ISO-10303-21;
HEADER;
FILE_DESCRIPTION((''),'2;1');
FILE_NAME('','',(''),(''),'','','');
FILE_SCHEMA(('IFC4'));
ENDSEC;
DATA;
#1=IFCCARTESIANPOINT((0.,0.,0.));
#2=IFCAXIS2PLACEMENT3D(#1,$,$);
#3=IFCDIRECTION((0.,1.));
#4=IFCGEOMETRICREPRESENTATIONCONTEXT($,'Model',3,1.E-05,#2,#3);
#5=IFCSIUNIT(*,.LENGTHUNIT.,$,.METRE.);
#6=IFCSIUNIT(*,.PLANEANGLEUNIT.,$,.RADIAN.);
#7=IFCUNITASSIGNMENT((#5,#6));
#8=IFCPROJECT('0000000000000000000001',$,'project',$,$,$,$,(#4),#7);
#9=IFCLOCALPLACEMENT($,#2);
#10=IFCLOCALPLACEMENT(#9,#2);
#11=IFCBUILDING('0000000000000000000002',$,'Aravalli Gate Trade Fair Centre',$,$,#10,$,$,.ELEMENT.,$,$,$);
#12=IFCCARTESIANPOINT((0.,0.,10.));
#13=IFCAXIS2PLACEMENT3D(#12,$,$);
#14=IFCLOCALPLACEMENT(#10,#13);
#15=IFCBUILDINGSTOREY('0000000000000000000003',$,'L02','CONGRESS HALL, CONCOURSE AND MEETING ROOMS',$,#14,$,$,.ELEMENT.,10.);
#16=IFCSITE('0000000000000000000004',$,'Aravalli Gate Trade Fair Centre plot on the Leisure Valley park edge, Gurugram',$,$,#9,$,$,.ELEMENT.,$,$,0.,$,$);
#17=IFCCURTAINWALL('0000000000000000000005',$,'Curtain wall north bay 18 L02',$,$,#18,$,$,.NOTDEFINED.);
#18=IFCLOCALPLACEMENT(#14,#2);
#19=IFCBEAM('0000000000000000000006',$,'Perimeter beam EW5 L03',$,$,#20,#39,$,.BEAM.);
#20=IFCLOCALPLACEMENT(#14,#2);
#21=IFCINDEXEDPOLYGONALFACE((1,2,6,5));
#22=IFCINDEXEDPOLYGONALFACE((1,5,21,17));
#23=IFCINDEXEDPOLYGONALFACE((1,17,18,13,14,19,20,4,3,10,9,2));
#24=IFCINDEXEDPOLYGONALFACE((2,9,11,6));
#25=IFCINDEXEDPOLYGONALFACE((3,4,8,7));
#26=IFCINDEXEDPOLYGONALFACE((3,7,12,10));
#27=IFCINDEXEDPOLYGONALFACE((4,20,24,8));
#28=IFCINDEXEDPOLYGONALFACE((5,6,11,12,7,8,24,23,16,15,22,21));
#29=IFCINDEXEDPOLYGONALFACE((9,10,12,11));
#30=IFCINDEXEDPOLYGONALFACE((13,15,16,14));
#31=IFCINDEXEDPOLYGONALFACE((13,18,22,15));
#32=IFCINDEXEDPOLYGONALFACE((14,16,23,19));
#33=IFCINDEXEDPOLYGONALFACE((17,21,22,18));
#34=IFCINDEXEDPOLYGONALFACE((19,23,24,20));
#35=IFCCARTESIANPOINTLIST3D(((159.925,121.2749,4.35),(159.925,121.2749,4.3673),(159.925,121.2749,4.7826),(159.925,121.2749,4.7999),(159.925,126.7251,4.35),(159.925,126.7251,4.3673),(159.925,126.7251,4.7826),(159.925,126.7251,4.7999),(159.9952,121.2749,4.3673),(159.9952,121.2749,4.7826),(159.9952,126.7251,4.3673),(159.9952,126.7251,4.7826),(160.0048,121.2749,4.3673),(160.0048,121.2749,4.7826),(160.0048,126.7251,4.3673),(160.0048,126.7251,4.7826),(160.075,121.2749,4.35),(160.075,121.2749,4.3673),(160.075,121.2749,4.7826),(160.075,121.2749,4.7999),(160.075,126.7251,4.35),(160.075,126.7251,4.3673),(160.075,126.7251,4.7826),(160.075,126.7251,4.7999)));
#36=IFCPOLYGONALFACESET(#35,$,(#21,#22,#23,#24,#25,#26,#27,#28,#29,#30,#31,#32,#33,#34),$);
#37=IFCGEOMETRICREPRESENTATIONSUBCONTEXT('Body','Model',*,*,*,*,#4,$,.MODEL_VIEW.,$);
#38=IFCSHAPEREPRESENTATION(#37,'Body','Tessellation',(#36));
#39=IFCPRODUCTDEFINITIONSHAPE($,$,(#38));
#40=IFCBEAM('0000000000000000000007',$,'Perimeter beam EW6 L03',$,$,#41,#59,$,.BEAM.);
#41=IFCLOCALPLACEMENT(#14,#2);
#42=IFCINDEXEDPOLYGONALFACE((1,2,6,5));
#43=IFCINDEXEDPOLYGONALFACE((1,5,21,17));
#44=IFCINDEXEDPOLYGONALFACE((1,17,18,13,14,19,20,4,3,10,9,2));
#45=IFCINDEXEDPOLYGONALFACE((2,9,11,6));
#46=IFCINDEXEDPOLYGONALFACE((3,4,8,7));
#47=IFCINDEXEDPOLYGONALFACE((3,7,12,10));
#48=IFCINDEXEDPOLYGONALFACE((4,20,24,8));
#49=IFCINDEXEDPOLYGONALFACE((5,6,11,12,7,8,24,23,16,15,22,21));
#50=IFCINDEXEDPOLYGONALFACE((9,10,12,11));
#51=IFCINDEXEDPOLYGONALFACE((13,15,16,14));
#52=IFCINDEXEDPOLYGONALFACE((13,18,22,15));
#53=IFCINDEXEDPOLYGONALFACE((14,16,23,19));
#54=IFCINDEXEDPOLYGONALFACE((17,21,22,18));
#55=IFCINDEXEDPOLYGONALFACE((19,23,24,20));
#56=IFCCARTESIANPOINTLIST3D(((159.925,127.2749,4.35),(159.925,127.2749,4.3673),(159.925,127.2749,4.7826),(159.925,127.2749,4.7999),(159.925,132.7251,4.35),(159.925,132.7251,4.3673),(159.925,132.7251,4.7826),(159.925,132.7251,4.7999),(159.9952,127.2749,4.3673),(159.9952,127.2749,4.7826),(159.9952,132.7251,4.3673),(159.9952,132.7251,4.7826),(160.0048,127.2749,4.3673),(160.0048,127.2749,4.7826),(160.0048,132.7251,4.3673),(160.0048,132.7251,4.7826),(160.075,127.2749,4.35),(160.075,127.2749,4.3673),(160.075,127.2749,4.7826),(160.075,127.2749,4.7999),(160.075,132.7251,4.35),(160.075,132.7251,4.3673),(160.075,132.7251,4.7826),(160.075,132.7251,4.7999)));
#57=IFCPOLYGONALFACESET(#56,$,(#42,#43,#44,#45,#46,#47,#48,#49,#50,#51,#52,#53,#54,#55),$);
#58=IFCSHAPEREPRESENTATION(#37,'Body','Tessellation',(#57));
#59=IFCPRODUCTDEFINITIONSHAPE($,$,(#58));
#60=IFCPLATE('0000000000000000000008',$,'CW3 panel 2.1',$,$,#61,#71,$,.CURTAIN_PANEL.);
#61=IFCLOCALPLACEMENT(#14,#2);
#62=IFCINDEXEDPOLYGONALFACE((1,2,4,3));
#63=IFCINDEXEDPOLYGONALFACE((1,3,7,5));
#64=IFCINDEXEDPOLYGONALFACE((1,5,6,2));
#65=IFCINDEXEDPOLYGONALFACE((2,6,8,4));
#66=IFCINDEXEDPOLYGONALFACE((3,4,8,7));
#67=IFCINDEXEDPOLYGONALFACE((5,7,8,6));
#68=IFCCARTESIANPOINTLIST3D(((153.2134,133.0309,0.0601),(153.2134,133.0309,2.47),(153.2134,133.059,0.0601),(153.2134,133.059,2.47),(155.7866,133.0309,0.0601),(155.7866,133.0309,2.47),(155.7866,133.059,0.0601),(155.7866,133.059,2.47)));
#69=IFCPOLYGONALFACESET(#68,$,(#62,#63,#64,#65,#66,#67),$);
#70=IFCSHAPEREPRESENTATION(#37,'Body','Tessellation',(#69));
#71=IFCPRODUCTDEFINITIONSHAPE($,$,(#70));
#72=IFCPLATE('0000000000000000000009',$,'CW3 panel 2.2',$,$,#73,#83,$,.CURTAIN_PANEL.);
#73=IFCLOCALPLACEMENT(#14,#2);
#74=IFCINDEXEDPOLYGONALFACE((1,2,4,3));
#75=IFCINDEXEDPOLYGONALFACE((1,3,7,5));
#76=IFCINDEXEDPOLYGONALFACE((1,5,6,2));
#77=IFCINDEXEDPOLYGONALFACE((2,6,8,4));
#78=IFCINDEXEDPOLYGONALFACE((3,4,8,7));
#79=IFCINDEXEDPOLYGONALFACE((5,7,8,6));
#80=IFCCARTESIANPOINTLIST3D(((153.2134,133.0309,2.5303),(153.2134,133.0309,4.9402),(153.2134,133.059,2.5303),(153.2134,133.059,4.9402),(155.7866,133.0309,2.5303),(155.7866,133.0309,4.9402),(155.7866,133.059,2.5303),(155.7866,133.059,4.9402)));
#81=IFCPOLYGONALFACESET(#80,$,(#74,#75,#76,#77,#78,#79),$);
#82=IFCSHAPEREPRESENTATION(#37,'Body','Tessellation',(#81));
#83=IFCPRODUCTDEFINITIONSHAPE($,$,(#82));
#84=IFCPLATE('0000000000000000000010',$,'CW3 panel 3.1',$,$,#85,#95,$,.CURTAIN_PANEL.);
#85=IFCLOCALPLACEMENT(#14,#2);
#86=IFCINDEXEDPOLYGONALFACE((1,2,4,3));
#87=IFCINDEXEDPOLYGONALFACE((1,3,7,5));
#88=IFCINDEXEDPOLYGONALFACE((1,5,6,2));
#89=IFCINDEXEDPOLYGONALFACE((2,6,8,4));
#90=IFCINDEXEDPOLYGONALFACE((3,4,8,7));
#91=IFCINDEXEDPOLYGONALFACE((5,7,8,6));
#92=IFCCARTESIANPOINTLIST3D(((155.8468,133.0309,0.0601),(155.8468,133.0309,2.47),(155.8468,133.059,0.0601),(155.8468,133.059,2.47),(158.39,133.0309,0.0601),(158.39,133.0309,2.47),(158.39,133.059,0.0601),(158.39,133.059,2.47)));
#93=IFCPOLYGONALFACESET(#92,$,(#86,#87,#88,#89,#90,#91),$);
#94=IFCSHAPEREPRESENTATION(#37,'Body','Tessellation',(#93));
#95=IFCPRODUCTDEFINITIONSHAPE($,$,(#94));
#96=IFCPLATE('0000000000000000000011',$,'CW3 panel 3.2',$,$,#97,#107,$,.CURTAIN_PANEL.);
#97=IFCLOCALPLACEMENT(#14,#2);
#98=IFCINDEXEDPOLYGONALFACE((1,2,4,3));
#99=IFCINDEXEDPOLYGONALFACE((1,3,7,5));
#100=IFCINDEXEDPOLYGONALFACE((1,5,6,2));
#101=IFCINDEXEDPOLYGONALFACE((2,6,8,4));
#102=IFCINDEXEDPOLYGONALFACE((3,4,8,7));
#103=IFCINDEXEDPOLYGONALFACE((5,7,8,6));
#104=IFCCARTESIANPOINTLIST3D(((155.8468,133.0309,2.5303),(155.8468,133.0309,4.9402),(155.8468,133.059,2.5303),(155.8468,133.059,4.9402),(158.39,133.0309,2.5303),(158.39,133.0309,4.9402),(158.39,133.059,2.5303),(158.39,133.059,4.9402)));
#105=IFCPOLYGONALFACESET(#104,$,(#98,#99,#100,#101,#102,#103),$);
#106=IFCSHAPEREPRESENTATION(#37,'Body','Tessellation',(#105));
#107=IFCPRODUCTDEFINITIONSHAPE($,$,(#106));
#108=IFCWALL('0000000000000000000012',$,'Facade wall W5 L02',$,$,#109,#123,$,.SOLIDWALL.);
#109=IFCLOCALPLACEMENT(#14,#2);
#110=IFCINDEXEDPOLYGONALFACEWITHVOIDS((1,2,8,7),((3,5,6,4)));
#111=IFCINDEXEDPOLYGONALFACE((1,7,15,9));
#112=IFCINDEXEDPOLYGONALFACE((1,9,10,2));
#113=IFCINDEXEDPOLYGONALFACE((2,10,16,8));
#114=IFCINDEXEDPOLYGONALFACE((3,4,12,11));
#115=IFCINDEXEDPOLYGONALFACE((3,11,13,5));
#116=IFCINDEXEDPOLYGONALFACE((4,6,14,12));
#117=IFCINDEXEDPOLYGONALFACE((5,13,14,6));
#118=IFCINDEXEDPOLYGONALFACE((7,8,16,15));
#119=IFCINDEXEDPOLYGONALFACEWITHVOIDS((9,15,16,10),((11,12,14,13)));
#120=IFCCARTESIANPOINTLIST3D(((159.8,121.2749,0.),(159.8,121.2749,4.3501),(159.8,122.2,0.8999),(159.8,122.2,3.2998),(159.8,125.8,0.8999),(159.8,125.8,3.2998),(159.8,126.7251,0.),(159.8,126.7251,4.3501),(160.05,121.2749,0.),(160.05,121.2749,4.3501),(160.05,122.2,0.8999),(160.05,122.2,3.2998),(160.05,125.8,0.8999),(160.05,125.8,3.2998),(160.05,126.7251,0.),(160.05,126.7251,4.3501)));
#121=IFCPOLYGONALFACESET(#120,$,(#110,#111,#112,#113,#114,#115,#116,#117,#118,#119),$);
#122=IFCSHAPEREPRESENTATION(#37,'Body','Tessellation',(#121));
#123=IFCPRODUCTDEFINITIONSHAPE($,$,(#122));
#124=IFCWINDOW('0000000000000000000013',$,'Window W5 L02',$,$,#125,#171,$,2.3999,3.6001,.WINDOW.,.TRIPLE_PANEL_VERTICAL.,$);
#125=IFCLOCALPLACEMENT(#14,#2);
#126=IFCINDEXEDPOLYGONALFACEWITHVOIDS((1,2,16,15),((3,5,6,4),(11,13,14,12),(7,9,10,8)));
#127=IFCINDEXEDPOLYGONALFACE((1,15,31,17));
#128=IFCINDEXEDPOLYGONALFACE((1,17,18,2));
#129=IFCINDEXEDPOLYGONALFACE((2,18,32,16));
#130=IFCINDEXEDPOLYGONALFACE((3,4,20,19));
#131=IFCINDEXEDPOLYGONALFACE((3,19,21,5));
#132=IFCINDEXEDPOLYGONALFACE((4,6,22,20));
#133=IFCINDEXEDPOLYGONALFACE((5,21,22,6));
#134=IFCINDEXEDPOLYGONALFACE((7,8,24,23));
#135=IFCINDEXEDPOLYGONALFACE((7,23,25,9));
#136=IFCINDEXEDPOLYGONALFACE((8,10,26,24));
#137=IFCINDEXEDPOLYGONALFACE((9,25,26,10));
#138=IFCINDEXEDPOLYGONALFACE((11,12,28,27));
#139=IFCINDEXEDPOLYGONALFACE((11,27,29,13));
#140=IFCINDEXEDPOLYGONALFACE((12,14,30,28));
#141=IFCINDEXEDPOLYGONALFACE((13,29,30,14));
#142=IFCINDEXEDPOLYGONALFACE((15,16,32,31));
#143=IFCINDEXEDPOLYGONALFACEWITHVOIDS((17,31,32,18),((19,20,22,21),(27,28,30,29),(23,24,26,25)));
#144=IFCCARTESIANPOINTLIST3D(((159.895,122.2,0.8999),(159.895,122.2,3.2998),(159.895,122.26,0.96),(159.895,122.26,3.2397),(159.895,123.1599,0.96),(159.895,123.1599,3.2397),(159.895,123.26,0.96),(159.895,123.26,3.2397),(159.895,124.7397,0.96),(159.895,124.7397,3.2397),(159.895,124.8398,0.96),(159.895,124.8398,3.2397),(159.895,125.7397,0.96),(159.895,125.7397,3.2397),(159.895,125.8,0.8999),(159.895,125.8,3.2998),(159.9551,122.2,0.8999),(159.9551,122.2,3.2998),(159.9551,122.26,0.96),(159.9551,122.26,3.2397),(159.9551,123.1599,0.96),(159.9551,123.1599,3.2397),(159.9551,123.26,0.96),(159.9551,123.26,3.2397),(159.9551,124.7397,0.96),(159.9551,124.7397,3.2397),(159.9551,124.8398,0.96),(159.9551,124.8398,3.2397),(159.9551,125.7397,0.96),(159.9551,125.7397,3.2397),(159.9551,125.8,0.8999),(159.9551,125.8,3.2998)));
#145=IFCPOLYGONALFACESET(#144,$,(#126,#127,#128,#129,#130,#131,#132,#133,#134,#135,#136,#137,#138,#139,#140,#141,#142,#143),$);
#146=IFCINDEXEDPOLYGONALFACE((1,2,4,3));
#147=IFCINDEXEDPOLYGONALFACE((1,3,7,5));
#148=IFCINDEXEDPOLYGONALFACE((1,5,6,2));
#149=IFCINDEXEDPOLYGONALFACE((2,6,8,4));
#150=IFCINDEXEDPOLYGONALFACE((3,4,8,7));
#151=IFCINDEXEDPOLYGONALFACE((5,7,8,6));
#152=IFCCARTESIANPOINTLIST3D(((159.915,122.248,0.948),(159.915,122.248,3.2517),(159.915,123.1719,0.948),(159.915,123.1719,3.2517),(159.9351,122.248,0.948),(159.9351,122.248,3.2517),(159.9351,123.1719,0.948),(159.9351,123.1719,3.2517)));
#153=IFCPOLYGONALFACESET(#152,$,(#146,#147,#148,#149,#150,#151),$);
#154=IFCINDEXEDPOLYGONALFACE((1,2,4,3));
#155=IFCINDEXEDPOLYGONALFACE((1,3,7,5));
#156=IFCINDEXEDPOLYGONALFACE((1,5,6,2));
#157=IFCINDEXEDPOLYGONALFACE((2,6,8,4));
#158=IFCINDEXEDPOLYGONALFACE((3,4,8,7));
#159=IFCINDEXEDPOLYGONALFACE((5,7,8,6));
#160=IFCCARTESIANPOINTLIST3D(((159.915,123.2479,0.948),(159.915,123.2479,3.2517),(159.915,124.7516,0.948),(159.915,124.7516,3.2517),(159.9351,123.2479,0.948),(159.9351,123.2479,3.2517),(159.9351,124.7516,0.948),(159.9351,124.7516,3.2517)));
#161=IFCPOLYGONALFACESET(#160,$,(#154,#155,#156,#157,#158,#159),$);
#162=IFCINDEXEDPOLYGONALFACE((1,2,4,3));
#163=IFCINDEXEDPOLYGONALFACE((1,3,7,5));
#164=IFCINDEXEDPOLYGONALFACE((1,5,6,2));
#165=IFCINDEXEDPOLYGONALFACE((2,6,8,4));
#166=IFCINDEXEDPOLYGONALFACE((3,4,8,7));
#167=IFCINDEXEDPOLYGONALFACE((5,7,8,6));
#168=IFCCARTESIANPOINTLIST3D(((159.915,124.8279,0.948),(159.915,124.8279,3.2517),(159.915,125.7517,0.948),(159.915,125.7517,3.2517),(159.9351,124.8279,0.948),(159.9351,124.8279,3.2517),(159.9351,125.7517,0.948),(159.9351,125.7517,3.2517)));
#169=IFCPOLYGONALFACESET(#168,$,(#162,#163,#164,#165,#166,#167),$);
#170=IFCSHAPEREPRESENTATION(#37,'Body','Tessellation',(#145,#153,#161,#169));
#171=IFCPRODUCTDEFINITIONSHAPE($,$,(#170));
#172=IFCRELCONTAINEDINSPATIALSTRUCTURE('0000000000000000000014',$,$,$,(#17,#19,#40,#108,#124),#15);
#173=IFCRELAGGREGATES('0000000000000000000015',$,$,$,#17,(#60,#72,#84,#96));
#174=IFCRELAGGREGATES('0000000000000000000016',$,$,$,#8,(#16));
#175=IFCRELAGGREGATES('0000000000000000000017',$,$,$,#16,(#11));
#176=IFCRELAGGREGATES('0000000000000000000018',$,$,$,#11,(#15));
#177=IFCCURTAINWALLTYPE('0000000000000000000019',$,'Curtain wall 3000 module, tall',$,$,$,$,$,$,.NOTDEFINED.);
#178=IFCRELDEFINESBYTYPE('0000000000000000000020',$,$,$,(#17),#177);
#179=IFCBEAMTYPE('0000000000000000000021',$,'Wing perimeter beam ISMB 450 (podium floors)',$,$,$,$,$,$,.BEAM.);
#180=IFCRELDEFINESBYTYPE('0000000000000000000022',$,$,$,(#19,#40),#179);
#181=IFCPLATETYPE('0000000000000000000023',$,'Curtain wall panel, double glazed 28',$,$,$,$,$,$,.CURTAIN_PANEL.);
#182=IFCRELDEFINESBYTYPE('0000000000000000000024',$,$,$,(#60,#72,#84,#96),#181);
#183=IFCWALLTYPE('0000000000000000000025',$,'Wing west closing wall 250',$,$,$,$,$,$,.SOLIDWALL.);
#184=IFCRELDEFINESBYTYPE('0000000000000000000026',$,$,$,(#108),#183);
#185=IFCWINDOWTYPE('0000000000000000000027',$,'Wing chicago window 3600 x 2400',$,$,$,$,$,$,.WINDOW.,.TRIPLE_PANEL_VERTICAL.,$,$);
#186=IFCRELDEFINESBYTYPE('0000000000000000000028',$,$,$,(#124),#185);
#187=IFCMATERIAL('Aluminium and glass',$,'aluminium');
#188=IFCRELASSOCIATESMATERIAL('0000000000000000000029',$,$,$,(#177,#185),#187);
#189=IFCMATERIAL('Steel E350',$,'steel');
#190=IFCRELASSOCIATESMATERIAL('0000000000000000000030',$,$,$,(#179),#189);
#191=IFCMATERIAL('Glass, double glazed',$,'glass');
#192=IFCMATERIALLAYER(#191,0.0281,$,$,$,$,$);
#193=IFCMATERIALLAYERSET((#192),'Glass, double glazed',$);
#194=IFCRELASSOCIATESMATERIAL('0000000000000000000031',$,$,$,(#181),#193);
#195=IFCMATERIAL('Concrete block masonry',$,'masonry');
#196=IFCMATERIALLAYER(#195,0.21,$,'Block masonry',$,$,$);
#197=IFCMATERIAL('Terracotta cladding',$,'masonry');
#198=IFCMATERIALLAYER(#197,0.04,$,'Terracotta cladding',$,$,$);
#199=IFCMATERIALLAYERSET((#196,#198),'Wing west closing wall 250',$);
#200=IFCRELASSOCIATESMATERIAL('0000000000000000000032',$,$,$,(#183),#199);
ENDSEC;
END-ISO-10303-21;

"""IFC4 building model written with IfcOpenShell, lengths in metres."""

from ifc_helpers import new_model, si_unit, direction, frame, frame_2d, origin, origin_2d, place, context, subcontext, project, spatial, polyline, rectangle, i_section, outline, extrude, material, layer, layer_set, material_profile, profile_set, type_object, element, fill, aggregate, save


model = new_model("IFC4")

# Units and contexts
model_context = context("Model", 3, precision=1e-05, world=origin(), true_north=direction((0.0, 1.0)))
body_context = subcontext(model_context, "Body", "Model", "MODEL_VIEW")
ifc_project = project(units=[si_unit("LENGTHUNIT", "METRE"), si_unit("PLANEANGLEUNIT", "RADIAN")], contexts=[model_context])

# Site, building, storey
site_placement = place(None, origin())
site = spatial("IfcSite", under=ifc_project, at=site_placement, Name="Aravalli Gate Trade Fair Centre plot on the Leisure Valley park edge, Gurugram", CompositionType="ELEMENT", RefElevation=0.0)
building_placement = place(site_placement, origin())
building = spatial("IfcBuilding", under=site, at=building_placement, Name="Aravalli Gate Trade Fair Centre", CompositionType="ELEMENT")
storey_placement = place(building_placement, frame((0.0, 0.0, 10.0)))
storey = spatial("IfcBuildingStorey", under=building, at=storey_placement, Name="L02", Description="CONGRESS HALL, CONCOURSE AND MEETING ROOMS", CompositionType="ELEMENT", Elevation=10.0)

# Shared definitions
ifc_material_1 = material(Name="Steel E350", Category="steel")

# Curtain wall
ifc_material_2 = material(Name="Aluminium and glass", Category="aluminium")
curtain_wall_type = type_object("IfcCurtainWallType", Name="Curtain wall 3000 module, tall", PredefinedType="NOTDEFINED", material=ifc_material_2)
curtain_wall_placement = place(storey_placement, origin())
curtain_wall = element("IfcCurtainWall", 1, at=curtain_wall_placement, inside=storey, type_object=curtain_wall_type, Name="Curtain wall north bay 18 L02", PredefinedType="NOTDEFINED")

# Beams
ifc_material_profile_1 = material_profile(ifc_material_1, i_section(OverallWidth=0.1499, OverallDepth=0.45, WebThickness=0.0095, FlangeThickness=0.0173, at=origin_2d()), Name="ISMB 450")
ifc_profile_set_1 = profile_set([ifc_material_profile_1], Name="Steel E350")
beam_type_1 = type_object("IfcBeamType", Name="Wing perimeter beam ISMB 450 (podium floors)", PredefinedType="BEAM", material=ifc_profile_set_1)
for number, where, z_axis, x_axis, name in (
    (2, (160.0, 121.2749, 4.575), (0.0, 1.0, 0.0), (-1.0, 0.0, 0.0), "Perimeter beam EW5 L03"),
    (3, (160.0, 127.2749, 4.575), (0.0, 1.0, 0.0), (-1.0, 0.0, 0.0), "Perimeter beam EW6 L03"),
):
    element("IfcBeam", number, at=place(storey_placement, frame(where, z_axis=z_axis, x_axis=x_axis)), inside=storey, type_object=beam_type_1, Name=name, PredefinedType="BEAM", context=body_context, shape_type="SweptSolid", body=[
        extrude(i_section(OverallWidth=0.1499, OverallDepth=0.45, WebThickness=0.0095, FlangeThickness=0.0173, at=origin_2d()), origin(), (0.0, 0.0, 1.0), 5.4502),
    ])

# Plates
ifc_material_3 = material(Name="Glass, double glazed", Category="glass")
ifc_layer_1 = layer(ifc_material_3, 0.0281)
ifc_layer_set_1 = layer_set([ifc_layer_1], Name="Glass, double glazed")
plate_type = type_object("IfcPlateType", Name="Curtain wall panel, double glazed 28", PredefinedType="CURTAIN_PANEL", material=ifc_layer_set_1)
plate_1_placement = place(storey_placement, frame((154.5, 133.0449, 0.0601), z_axis=(0.0, 0.0, 1.0), x_axis=(1.0, 0.0, 0.0)))
plate_1 = element("IfcPlate", 4, at=plate_1_placement, type_object=plate_type, Name="CW3 panel 2.1", PredefinedType="CURTAIN_PANEL", context=body_context, shape_type="SweptSolid", body=[
    extrude(rectangle(XDim=2.5732, YDim=0.0281, at=origin_2d()), origin(), (0.0, 0.0, 1.0), 2.4099),
])
plate_2_placement = place(storey_placement, frame((154.5, 133.0449, 2.5303), z_axis=(0.0, 0.0, 1.0), x_axis=(1.0, 0.0, 0.0)))
plate_2 = element("IfcPlate", 5, at=plate_2_placement, type_object=plate_type, Name="CW3 panel 2.2", PredefinedType="CURTAIN_PANEL", context=body_context, shape_type="SweptSolid", body=[
    extrude(rectangle(XDim=2.5732, YDim=0.0281, at=origin_2d()), origin(), (0.0, 0.0, 1.0), 2.4099),
])
plate_3_placement = place(storey_placement, frame((157.1184, 133.0449, 0.0601), z_axis=(0.0, 0.0, 1.0), x_axis=(1.0, 0.0, 0.0)))
plate_3 = element("IfcPlate", 6, at=plate_3_placement, type_object=plate_type, Name="CW3 panel 3.1", PredefinedType="CURTAIN_PANEL", context=body_context, shape_type="SweptSolid", body=[
    extrude(rectangle(XDim=2.5432, YDim=0.0281, at=origin_2d()), origin(), (0.0, 0.0, 1.0), 2.4099),
])
plate_4_placement = place(storey_placement, frame((157.1184, 133.0449, 2.5303), z_axis=(0.0, 0.0, 1.0), x_axis=(1.0, 0.0, 0.0)))
plate_4 = element("IfcPlate", 7, at=plate_4_placement, type_object=plate_type, Name="CW3 panel 3.2", PredefinedType="CURTAIN_PANEL", context=body_context, shape_type="SweptSolid", body=[
    extrude(rectangle(XDim=2.5432, YDim=0.0281, at=origin_2d()), origin(), (0.0, 0.0, 1.0), 2.4099),
])
aggregate(curtain_wall, [plate_1, plate_2, plate_3, plate_4])

# Wall, opening, window
ifc_material_4 = material(Name="Concrete block masonry", Category="masonry")
ifc_layer_2 = layer(ifc_material_4, 0.21, Name="Block masonry")
ifc_material_5 = material(Name="Terracotta cladding", Category="masonry")
ifc_layer_3 = layer(ifc_material_5, 0.04, Name="Terracotta cladding")
ifc_layer_set_2 = layer_set([ifc_layer_2, ifc_layer_3], Name="Wing west closing wall 250")
wall_type = type_object("IfcWallType", Name="Wing west closing wall 250", PredefinedType="SOLIDWALL", material=ifc_layer_set_2)
wall_1_placement = place(storey_placement, frame((159.925, 121.2749, 0.0), z_axis=(0.0, 0.0, 1.0), x_axis=(0.0, 1.0, 0.0)))
wall_1 = element("IfcWall", 8, at=wall_1_placement, inside=storey, type_object=wall_type, Name="Facade wall W5 L02", PredefinedType="SOLIDWALL", context=body_context, shape_type="SweptSolid", body=[
    extrude(rectangle(XDim=5.4502, YDim=0.25, at=frame_2d((2.7251, 0.0))), origin(), (0.0, 0.0, 1.0), 4.3501),
])
opening_1_placement = place(wall_1_placement, frame((0.925, 0.0, 0.8999)))
opening_1 = element("IfcOpeningElement", 9, at=opening_1_placement, cuts=wall_1, PredefinedType="OPENING", context=body_context, shape_type="SweptSolid", body=[
    extrude(rectangle(XDim=3.6001, YDim=2.3999, at=frame_2d((1.8, 1.2))), frame((0.0, 0.135, 0.0), z_axis=(0.0, -1.0, 0.0), x_axis=(1.0, 0.0, 0.0)), (0.0, 0.0, 1.0), 0.27),
])
window_type = type_object("IfcWindowType", Name="Wing chicago window 3600 x 2400", PartitioningType="TRIPLE_PANEL_VERTICAL", PredefinedType="WINDOW", material=ifc_material_2)
window_1_placement = place(opening_1_placement, origin())
window_1 = element("IfcWindow", 10, at=window_1_placement, inside=storey, type_object=window_type, Name="Window W5 L02", OverallHeight=2.3999, OverallWidth=3.6001, PartitioningType="TRIPLE_PANEL_VERTICAL", PredefinedType="WINDOW", context=body_context, shape_type="SweptSolid", body=[
    extrude(outline(polyline([(0.0, 0.0), (3.6001, 0.0), (3.6001, 2.3999), (0.0, 2.3999), (0.0, 0.0)]), holes=[polyline([(0.0601, 0.0601), (0.96, 0.0601), (0.96, 2.3398), (0.0601, 2.3398), (0.0601, 0.0601)]), polyline([(1.0601, 0.0601), (2.5398, 0.0601), (2.5398, 2.3398), (1.0601, 2.3398), (1.0601, 0.0601)]), polyline([(2.6399, 0.0601), (3.5398, 0.0601), (3.5398, 2.3398), (2.6399, 2.3398), (2.6399, 0.0601)])]), frame((0.0, 0.03, 0.0), z_axis=(0.0, -1.0, 0.0), x_axis=(1.0, 0.0, 0.0)), (0.0, 0.0, 1.0), 0.0601),
    extrude(rectangle(XDim=0.9238, YDim=2.3037, at=frame_2d((0.51, 1.2))), frame((0.0, 0.01, 0.0), z_axis=(0.0, -1.0, 0.0), x_axis=(1.0, 0.0, 0.0)), (0.0, 0.0, 1.0), 0.02),
    extrude(rectangle(XDim=1.5037, YDim=2.3037, at=frame_2d((1.7998, 1.2))), frame((0.0, 0.01, 0.0), z_axis=(0.0, -1.0, 0.0), x_axis=(1.0, 0.0, 0.0)), (0.0, 0.0, 1.0), 0.02),
    extrude(rectangle(XDim=0.9238, YDim=2.3037, at=frame_2d((3.0898, 1.2))), frame((0.0, 0.01, 0.0), z_axis=(0.0, -1.0, 0.0), x_axis=(1.0, 0.0, 0.0)), (0.0, 0.0, 1.0), 0.02),
])
fill(opening_1, window_1)

save(model, "model.ifc")
